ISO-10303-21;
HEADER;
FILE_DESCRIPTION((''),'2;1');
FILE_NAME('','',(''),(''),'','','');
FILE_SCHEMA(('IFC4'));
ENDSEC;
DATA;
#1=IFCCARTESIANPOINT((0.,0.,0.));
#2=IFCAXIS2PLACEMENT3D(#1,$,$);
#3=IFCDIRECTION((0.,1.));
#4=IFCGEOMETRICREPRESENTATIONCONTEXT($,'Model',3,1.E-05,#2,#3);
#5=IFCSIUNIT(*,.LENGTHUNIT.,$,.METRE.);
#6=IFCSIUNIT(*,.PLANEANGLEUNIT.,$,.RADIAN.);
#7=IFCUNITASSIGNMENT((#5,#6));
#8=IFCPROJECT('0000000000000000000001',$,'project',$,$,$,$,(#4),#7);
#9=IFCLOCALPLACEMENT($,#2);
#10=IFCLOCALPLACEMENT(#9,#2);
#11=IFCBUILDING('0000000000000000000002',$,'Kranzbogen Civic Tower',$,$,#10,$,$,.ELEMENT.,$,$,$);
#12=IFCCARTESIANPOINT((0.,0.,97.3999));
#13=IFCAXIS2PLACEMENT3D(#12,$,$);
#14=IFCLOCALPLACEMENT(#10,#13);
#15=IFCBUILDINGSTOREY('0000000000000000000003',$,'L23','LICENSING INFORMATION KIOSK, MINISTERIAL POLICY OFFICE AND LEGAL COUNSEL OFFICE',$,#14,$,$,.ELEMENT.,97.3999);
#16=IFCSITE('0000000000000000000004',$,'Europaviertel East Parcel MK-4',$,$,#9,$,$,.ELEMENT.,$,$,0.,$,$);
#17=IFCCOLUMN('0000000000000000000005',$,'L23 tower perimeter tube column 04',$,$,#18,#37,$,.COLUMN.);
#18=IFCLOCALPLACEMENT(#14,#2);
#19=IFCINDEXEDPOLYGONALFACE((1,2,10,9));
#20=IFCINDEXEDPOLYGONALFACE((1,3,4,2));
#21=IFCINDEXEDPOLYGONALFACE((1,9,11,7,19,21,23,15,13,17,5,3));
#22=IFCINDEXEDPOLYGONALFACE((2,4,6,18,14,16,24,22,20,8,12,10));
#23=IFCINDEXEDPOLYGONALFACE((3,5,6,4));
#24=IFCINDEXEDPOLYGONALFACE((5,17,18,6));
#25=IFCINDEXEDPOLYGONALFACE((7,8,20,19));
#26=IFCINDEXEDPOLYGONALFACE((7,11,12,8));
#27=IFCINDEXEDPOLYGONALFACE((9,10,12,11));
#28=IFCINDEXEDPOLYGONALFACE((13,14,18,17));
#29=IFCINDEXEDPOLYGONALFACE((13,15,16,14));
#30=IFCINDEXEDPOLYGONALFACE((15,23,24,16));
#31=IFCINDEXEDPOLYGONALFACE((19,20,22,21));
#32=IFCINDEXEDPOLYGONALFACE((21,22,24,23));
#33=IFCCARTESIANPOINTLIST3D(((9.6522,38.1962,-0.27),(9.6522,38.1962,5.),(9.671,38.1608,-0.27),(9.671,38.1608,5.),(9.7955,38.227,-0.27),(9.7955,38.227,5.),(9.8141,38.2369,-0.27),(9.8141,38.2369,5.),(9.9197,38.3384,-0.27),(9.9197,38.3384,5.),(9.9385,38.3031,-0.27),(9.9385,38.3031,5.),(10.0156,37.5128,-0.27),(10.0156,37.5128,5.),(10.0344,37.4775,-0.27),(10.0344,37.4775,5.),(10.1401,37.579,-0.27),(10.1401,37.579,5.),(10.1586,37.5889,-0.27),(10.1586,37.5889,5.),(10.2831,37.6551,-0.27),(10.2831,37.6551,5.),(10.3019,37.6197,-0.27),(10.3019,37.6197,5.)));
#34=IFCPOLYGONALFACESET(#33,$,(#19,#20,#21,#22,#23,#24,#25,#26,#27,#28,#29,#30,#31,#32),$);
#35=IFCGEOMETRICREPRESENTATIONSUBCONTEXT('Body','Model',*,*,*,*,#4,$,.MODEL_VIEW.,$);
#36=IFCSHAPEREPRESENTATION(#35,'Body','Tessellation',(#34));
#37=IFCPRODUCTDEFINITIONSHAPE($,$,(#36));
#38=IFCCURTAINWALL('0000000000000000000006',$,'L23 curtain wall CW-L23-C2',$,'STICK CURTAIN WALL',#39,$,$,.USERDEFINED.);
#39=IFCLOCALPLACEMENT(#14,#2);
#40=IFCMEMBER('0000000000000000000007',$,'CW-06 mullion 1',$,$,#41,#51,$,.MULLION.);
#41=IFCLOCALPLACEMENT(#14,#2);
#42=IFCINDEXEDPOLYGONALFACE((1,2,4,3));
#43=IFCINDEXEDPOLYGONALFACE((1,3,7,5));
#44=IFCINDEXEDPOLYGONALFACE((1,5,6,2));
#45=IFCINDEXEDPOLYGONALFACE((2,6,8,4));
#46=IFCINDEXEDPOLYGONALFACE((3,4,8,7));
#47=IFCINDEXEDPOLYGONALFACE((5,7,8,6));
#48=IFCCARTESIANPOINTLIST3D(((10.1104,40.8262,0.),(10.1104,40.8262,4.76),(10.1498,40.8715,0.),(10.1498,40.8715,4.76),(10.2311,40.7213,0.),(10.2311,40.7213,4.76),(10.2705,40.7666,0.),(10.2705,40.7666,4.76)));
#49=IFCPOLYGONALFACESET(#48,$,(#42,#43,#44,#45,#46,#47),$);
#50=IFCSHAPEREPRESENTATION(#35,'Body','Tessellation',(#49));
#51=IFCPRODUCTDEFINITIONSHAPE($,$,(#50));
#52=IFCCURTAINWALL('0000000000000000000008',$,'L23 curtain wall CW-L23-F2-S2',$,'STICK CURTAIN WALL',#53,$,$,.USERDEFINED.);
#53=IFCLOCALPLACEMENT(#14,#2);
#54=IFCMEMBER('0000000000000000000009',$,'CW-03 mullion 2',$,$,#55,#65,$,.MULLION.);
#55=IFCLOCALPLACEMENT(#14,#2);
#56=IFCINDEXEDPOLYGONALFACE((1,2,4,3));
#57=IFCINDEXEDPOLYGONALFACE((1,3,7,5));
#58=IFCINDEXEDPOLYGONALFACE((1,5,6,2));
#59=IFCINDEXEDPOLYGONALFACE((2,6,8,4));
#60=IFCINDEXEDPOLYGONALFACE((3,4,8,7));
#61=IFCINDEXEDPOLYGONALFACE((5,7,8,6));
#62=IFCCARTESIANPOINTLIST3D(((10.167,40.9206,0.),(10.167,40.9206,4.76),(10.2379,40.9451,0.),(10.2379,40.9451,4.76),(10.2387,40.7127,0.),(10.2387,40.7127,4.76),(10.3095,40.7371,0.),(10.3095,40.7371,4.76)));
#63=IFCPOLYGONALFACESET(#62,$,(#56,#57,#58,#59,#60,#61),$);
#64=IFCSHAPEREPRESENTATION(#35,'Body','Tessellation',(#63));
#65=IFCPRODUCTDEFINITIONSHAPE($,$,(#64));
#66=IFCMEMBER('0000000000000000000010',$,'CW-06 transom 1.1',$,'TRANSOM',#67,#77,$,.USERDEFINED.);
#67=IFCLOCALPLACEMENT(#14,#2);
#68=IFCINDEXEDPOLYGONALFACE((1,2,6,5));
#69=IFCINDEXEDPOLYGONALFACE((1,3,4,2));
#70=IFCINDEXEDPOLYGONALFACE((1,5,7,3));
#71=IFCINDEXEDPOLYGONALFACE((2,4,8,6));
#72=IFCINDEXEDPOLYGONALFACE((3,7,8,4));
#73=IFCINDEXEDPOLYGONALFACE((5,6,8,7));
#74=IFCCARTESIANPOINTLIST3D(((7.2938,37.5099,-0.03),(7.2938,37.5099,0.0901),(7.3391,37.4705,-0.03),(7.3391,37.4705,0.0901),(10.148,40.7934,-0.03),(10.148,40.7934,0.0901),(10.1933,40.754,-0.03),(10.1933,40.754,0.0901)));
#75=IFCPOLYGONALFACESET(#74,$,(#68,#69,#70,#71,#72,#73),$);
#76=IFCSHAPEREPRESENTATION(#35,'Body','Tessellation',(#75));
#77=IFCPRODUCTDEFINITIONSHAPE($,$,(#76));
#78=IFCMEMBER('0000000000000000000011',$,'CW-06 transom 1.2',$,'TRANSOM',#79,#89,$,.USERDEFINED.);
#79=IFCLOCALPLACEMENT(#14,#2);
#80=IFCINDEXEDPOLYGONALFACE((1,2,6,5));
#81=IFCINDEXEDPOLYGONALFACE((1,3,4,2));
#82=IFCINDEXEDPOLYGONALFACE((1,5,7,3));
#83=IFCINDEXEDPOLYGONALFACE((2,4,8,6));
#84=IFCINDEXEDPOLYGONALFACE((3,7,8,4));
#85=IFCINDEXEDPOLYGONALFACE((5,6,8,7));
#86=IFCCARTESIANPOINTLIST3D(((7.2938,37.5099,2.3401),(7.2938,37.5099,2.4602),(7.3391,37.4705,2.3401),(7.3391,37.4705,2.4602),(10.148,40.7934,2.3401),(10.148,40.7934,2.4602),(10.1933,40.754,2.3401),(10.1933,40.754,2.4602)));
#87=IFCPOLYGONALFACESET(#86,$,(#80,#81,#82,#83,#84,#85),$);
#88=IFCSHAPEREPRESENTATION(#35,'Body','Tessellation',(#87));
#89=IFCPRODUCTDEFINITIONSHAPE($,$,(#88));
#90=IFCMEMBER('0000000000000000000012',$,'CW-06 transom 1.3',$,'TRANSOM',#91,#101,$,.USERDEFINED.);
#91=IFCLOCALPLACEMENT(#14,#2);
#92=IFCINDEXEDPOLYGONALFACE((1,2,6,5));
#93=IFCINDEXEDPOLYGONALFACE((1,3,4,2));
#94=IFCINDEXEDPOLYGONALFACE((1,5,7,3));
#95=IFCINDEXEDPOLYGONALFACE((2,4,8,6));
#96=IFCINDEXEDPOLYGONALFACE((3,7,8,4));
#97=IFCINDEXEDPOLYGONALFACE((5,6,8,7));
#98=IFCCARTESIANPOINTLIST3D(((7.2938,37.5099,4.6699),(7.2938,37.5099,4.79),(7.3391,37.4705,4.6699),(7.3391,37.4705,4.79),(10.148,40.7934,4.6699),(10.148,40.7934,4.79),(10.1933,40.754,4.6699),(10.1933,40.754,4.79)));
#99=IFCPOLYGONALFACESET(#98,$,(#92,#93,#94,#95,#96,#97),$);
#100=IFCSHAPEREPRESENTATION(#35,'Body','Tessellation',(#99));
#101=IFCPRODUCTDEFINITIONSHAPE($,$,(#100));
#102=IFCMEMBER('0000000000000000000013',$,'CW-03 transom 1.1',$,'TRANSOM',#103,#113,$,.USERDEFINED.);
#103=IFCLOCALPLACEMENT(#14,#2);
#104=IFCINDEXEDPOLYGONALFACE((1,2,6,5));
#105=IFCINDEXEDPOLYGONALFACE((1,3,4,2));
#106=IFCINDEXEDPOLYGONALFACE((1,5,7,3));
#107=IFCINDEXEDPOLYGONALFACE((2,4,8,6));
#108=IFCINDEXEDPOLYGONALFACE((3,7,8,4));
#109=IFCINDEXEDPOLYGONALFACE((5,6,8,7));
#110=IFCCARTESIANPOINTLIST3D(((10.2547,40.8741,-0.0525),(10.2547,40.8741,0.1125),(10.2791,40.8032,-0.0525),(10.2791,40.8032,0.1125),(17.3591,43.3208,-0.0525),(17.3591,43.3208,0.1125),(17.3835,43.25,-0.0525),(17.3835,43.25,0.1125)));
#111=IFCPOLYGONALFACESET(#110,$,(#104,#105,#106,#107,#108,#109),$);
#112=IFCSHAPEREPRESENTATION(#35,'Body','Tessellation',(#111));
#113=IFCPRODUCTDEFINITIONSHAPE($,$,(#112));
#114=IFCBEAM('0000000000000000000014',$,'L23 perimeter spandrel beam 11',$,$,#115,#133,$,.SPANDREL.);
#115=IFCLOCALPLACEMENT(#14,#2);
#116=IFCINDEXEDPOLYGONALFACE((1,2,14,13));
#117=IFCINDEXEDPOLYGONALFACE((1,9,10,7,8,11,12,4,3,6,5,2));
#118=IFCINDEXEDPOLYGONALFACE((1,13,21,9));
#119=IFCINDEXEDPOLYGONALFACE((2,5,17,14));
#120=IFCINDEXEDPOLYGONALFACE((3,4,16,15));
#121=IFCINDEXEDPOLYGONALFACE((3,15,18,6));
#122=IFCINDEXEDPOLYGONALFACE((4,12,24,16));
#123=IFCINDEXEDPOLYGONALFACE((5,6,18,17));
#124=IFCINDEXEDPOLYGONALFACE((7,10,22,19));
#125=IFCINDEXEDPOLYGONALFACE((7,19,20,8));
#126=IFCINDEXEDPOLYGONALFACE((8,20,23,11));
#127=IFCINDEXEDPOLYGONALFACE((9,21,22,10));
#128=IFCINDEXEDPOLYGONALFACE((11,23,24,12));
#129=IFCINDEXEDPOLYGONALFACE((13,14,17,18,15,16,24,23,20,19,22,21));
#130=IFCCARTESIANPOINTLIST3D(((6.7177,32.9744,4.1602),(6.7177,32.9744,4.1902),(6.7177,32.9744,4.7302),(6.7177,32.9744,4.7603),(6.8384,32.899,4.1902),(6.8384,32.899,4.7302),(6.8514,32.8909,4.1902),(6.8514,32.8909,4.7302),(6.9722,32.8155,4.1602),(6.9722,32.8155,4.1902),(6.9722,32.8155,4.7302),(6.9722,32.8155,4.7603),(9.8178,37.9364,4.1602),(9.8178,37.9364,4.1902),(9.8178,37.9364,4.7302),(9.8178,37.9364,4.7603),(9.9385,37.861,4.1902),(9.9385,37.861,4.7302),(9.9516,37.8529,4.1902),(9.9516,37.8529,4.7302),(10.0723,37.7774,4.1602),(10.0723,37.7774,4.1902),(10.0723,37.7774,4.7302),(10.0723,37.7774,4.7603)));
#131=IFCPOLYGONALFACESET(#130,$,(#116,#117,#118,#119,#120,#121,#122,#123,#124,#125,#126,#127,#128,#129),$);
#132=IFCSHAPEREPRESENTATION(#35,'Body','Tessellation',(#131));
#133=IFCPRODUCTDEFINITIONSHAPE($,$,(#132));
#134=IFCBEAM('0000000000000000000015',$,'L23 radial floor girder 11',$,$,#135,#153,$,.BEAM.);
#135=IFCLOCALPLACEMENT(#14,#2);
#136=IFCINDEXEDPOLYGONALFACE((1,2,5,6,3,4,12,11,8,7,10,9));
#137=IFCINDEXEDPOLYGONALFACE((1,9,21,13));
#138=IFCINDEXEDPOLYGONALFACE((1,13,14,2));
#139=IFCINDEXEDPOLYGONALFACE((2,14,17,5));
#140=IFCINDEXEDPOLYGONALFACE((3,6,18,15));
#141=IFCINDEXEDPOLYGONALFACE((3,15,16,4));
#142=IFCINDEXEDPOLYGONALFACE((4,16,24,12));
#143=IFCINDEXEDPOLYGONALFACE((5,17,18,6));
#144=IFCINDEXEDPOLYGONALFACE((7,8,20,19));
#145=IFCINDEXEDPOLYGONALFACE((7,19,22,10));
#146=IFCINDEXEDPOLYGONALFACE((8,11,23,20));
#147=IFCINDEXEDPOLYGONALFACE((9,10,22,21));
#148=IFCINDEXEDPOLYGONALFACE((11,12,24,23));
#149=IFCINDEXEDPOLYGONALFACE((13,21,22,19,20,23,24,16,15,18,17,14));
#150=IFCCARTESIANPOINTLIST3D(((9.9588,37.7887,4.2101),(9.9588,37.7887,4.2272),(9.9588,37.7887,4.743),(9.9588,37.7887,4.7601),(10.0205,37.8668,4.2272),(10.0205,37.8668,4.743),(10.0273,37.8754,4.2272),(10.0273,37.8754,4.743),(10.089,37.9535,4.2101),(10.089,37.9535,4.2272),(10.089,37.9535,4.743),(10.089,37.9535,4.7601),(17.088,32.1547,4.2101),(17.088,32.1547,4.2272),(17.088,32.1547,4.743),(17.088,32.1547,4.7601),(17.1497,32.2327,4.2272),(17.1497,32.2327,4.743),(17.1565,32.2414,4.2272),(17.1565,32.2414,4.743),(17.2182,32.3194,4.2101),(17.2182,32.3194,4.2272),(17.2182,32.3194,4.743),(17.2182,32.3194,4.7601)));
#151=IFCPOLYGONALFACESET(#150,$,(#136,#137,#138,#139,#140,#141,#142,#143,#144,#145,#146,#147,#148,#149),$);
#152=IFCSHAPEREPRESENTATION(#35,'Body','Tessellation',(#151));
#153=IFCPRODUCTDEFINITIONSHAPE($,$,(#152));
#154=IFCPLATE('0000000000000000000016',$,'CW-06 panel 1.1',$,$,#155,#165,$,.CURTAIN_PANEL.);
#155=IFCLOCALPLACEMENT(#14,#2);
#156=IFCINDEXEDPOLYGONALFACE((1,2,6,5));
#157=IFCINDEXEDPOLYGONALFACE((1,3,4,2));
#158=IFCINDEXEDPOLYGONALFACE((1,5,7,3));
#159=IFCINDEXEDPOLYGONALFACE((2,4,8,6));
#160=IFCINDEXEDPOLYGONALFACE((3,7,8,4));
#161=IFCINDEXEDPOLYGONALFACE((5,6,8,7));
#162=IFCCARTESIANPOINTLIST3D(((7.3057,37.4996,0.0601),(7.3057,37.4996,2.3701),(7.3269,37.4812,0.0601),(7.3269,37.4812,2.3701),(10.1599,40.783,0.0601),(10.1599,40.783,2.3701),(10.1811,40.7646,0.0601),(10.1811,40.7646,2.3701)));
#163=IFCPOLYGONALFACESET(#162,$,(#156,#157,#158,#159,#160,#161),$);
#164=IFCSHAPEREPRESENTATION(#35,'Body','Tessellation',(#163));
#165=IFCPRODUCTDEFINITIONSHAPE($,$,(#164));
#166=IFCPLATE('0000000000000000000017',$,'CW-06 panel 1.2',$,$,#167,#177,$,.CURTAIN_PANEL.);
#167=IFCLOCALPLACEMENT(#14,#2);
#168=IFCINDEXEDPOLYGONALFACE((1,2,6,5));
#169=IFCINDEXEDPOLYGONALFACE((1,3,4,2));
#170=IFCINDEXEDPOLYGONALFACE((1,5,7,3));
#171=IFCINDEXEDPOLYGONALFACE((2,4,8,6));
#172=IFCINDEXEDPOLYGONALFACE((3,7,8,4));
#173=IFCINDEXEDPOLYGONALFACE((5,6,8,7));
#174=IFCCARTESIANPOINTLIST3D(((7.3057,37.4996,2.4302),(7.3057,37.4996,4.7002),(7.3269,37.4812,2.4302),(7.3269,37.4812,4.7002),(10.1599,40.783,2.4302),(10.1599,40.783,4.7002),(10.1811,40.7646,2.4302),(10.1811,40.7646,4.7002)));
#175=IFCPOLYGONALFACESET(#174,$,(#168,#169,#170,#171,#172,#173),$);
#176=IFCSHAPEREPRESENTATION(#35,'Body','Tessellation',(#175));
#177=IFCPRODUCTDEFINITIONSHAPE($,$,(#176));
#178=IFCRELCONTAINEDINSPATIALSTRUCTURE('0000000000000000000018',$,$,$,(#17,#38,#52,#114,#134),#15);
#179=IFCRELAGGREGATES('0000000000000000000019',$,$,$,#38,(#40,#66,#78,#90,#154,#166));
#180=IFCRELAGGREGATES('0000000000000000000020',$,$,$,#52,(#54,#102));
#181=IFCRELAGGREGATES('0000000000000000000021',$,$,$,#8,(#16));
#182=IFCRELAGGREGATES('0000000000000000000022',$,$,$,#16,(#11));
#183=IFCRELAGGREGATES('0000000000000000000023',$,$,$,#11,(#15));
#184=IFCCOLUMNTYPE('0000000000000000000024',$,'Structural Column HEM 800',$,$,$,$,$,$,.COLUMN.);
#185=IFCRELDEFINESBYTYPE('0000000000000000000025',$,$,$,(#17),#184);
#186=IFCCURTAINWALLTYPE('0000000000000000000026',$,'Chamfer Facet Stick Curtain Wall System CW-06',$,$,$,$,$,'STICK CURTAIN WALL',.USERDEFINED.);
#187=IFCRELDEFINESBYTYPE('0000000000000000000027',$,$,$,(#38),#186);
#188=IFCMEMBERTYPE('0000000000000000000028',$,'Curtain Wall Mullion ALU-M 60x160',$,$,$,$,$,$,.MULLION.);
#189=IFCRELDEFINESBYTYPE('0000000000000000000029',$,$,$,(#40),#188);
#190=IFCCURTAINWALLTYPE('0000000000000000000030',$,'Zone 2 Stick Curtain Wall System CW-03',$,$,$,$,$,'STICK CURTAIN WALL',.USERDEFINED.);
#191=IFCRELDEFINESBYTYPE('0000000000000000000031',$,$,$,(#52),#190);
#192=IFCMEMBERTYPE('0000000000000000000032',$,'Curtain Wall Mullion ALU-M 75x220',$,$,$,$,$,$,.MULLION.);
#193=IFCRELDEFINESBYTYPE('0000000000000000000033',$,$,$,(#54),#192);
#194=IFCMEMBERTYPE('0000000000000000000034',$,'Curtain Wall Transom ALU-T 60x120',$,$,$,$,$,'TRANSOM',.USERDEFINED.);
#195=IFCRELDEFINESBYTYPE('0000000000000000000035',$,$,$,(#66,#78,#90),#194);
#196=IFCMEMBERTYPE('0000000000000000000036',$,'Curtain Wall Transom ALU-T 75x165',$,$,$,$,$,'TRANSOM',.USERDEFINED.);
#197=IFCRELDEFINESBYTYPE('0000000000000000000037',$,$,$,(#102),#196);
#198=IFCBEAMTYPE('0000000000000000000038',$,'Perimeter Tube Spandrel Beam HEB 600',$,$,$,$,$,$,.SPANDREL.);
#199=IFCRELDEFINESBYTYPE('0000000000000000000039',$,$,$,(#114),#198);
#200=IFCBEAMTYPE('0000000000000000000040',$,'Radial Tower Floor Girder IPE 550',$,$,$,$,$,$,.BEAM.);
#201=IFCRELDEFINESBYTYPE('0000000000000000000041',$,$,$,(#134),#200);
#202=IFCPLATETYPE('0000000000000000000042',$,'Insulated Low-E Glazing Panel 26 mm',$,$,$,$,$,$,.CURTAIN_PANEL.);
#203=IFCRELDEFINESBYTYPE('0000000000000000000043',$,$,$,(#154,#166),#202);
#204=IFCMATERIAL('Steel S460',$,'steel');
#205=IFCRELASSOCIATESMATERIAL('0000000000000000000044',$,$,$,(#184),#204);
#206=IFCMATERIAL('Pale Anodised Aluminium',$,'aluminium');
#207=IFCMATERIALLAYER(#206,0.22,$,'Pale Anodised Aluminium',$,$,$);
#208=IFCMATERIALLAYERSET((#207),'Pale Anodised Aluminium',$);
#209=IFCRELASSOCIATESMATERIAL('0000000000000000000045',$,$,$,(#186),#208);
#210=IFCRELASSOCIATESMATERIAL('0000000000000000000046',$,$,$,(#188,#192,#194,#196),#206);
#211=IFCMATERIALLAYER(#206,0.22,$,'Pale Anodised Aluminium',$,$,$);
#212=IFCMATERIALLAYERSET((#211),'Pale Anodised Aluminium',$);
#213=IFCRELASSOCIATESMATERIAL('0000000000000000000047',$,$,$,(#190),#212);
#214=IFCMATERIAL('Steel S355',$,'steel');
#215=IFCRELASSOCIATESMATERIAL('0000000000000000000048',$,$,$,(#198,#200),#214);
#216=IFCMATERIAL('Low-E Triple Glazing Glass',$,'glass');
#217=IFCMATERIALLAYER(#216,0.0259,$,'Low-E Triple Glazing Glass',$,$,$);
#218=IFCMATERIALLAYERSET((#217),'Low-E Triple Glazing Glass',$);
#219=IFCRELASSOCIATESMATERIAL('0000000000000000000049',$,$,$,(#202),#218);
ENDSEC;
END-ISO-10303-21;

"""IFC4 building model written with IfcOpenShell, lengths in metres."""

from ifc_helpers import new_model, si_unit, direction, frame, origin, origin_2d, place, context, subcontext, project, spatial, rectangle, i_section, extrude, material, layer, layer_set, material_profile, profile_set, type_object, element, aggregate, save


model = new_model("IFC4")

# Units and contexts
model_context = context("Model", 3, precision=1e-05, world=origin(), true_north=direction((0.0, 1.0)))
body_context = subcontext(model_context, "Body", "Model", "MODEL_VIEW")
ifc_project = project(units=[si_unit("LENGTHUNIT", "METRE"), si_unit("PLANEANGLEUNIT", "RADIAN")], contexts=[model_context])

# Site, building, storey
site_placement = place(None, origin())
site = spatial("IfcSite", under=ifc_project, at=site_placement, Name="Europaviertel East Parcel MK-4", CompositionType="ELEMENT", RefElevation=0.0)
building_placement = place(site_placement, origin())
building = spatial("IfcBuilding", under=site, at=building_placement, Name="Kranzbogen Civic Tower", CompositionType="ELEMENT")
storey_placement = place(building_placement, frame((0.0, 0.0, 97.3999)))
storey = spatial("IfcBuildingStorey", under=building, at=storey_placement, Name="L23", Description="LICENSING INFORMATION KIOSK, MINISTERIAL POLICY OFFICE AND LEGAL COUNSEL OFFICE", CompositionType="ELEMENT", Elevation=97.3999)

# Column
ifc_material_1 = material(Name="Steel S460", Category="steel")
ifc_material_profile_1 = material_profile(ifc_material_1, i_section(OverallWidth=0.303, OverallDepth=0.814, WebThickness=0.021, FlangeThickness=0.04, at=origin_2d()), Name="HEM 800")
ifc_profile_set_1 = profile_set([ifc_material_profile_1], Name="Steel S460")
column_type = type_object("IfcColumnType", Name="Structural Column HEM 800", PredefinedType="COLUMN", material=ifc_profile_set_1)
column_placement = place(storey_placement, frame((9.9771, 37.908, -0.27), z_axis=(0.0, 0.0, 1.0), x_axis=(0.882948, 0.469472, 0.0)))
element("IfcColumn", 1, at=column_placement, inside=storey, type_object=column_type, Name="L23 tower perimeter tube column 04", PredefinedType="COLUMN", context=body_context, shape_type="SweptSolid", body=[
    extrude(i_section(OverallWidth=0.303, OverallDepth=0.814, WebThickness=0.021, FlangeThickness=0.04, at=origin_2d()), origin(), (0.0, 0.0, 1.0), 5.27),
])

# Curtain walls, members
ifc_material_2 = material(Name="Pale Anodised Aluminium", Category="aluminium")
ifc_layer_1 = layer(ifc_material_2, 0.22, Name="Pale Anodised Aluminium")
ifc_layer_set_1 = layer_set([ifc_layer_1], Name="Pale Anodised Aluminium")
curtain_wall_type_1 = type_object("IfcCurtainWallType", Name="Chamfer Facet Stick Curtain Wall System CW-06", ElementType="STICK CURTAIN WALL", PredefinedType="USERDEFINED", material=ifc_layer_set_1)
curtain_wall_1_placement = place(storey_placement, origin())
curtain_wall_1 = element("IfcCurtainWall", 2, at=curtain_wall_1_placement, inside=storey, type_object=curtain_wall_type_1, Name="L23 curtain wall CW-L23-C2", ObjectType="STICK CURTAIN WALL", PredefinedType="USERDEFINED")
ifc_material_profile_2 = material_profile(ifc_material_2, rectangle(XDim=0.0601, YDim=0.1599, at=origin_2d()), Name="ALU-M 60x160")
ifc_profile_set_2 = profile_set([ifc_material_profile_2], Name="Pale Anodised Aluminium")
member_type_1 = type_object("IfcMemberType", Name="Curtain Wall Mullion ALU-M 60x160", PredefinedType="MULLION", material=ifc_profile_set_2)
member_1_placement = place(storey_placement, frame((10.1904, 40.7964, 0.0), z_axis=(0.0, 0.0, 1.0), x_axis=(-0.656062, -0.754707, 0.0)))
member_1 = element("IfcMember", 3, at=member_1_placement, type_object=member_type_1, Name="CW-06 mullion 1", PredefinedType="MULLION", context=body_context, shape_type="SweptSolid", body=[
    extrude(rectangle(XDim=0.0601, YDim=0.1599, at=origin_2d()), origin(), (0.0, 0.0, 1.0), 4.76),
])
ifc_layer_2 = layer(ifc_material_2, 0.22, Name="Pale Anodised Aluminium")
ifc_layer_set_2 = layer_set([ifc_layer_2], Name="Pale Anodised Aluminium")
curtain_wall_type_2 = type_object("IfcCurtainWallType", Name="Zone 2 Stick Curtain Wall System CW-03", ElementType="STICK CURTAIN WALL", PredefinedType="USERDEFINED", material=ifc_layer_set_2)
curtain_wall_2_placement = place(storey_placement, origin())
curtain_wall_2 = element("IfcCurtainWall", 4, at=curtain_wall_2_placement, inside=storey, type_object=curtain_wall_type_2, Name="L23 curtain wall CW-L23-F2-S2", ObjectType="STICK CURTAIN WALL", PredefinedType="USERDEFINED")
ifc_material_profile_3 = material_profile(ifc_material_2, rectangle(XDim=0.075, YDim=0.22, at=origin_2d()), Name="ALU-M 75x220")
ifc_profile_set_3 = profile_set([ifc_material_profile_3], Name="Pale Anodised Aluminium")
member_type_2 = type_object("IfcMemberType", Name="Curtain Wall Mullion ALU-M 75x220", PredefinedType="MULLION", material=ifc_profile_set_3)
member_2_placement = place(storey_placement, frame((10.2383, 40.8289, 0.0), z_axis=(0.0, 0.0, 1.0), x_axis=(-0.945493, -0.325643, 0.0)))
member_2 = element("IfcMember", 5, at=member_2_placement, type_object=member_type_2, Name="CW-03 mullion 2", PredefinedType="MULLION", context=body_context, shape_type="SweptSolid", body=[
    extrude(rectangle(XDim=0.075, YDim=0.22, at=origin_2d()), origin(), (0.0, 0.0, 1.0), 4.76),
])

# Members
ifc_material_profile_4 = material_profile(ifc_material_2, rectangle(XDim=0.0601, YDim=0.1201, at=origin_2d()), Name="ALU-T 60x120")
ifc_profile_set_4 = profile_set([ifc_material_profile_4], Name="Pale Anodised Aluminium")
member_type_3 = type_object("IfcMemberType", Name="Curtain Wall Transom ALU-T 60x120", ElementType="TRANSOM", PredefinedType="USERDEFINED", material=ifc_profile_set_4)
member_3_placement = place(storey_placement, frame((10.1707, 40.7737, 0.03), z_axis=(-0.656058, -0.754711, 0.0), x_axis=(0.754711, -0.656058, 0.0)))
member_3 = element("IfcMember", 6, at=member_3_placement, type_object=member_type_3, Name="CW-06 transom 1.1", ObjectType="TRANSOM", PredefinedType="USERDEFINED", context=body_context, shape_type="SweptSolid", body=[
    extrude(rectangle(XDim=0.0601, YDim=0.1201, at=origin_2d()), origin(), (0.0, 0.0, 1.0), 4.3506),
])
member_4_placement = place(storey_placement, frame((10.1707, 40.7737, 2.4001), z_axis=(-0.656058, -0.754711, 0.0), x_axis=(0.754711, -0.656058, 0.0)))
member_4 = element("IfcMember", 7, at=member_4_placement, type_object=member_type_3, Name="CW-06 transom 1.2", ObjectType="TRANSOM", PredefinedType="USERDEFINED", context=body_context, shape_type="SweptSolid", body=[
    extrude(rectangle(XDim=0.0601, YDim=0.1201, at=origin_2d()), origin(), (0.0, 0.0, 1.0), 4.3506),
])
member_5_placement = place(storey_placement, frame((10.1707, 40.7737, 4.73), z_axis=(-0.656058, -0.754711, 0.0), x_axis=(0.754711, -0.656058, 0.0)))
member_5 = element("IfcMember", 8, at=member_5_placement, type_object=member_type_3, Name="CW-06 transom 1.3", ObjectType="TRANSOM", PredefinedType="USERDEFINED", context=body_context, shape_type="SweptSolid", body=[
    extrude(rectangle(XDim=0.0601, YDim=0.1201, at=origin_2d()), origin(), (0.0, 0.0, 1.0), 4.3506),
])
ifc_material_profile_5 = material_profile(ifc_material_2, rectangle(XDim=0.075, YDim=0.165, at=origin_2d()), Name="ALU-T 75x165")
ifc_profile_set_5 = profile_set([ifc_material_profile_5], Name="Pale Anodised Aluminium")
member_type_4 = type_object("IfcMemberType", Name="Curtain Wall Transom ALU-T 75x165", ElementType="TRANSOM", PredefinedType="USERDEFINED", material=ifc_profile_set_5)
member_6_placement = place(storey_placement, frame((17.3713, 43.2854, 0.03), z_axis=(-0.945498, -0.325628, 0.0), x_axis=(0.325628, -0.945498, 0.0)))
member_6 = element("IfcMember", 9, at=member_6_placement, type_object=member_type_4, Name="CW-03 transom 1.1", ObjectType="TRANSOM", PredefinedType="USERDEFINED", context=body_context, shape_type="SweptSolid", body=[
    extrude(rectangle(XDim=0.075, YDim=0.165, at=origin_2d()), origin(), (0.0, 0.0, 1.0), 7.5139),
])

# Beams
ifc_material_3 = material(Name="Steel S355", Category="steel")
ifc_material_profile_6 = material_profile(ifc_material_3, i_section(OverallWidth=0.3, OverallDepth=0.6001, WebThickness=0.0154, FlangeThickness=0.03, at=origin_2d()), Name="HEB 600")
ifc_profile_set_6 = profile_set([ifc_material_profile_6], Name="Steel S355")
beam_type_1 = type_object("IfcBeamType", Name="Perimeter Tube Spandrel Beam HEB 600", PredefinedType="SPANDREL", material=ifc_profile_set_6)
beam_1_placement = place(storey_placement, frame((9.9451, 37.8569, 4.4602), z_axis=(-0.529864, -0.848083, 0.0), x_axis=(0.848083, -0.529864, 0.0)))
element("IfcBeam", 10, at=beam_1_placement, inside=storey, type_object=beam_type_1, Name="L23 perimeter spandrel beam 11", PredefinedType="SPANDREL", context=body_context, shape_type="SweptSolid", body=[
    extrude(i_section(OverallWidth=0.3, OverallDepth=0.6001, WebThickness=0.0154, FlangeThickness=0.03, at=origin_2d()), origin(), (0.0, 0.0, 1.0), 5.8508),
])
ifc_material_profile_7 = material_profile(ifc_material_3, i_section(OverallWidth=0.21, OverallDepth=0.55, WebThickness=0.011, FlangeThickness=0.0171, at=origin_2d()), Name="IPE 550")
ifc_profile_set_7 = profile_set([ifc_material_profile_7], Name="Steel S355")
beam_type_2 = type_object("IfcBeamType", Name="Radial Tower Floor Girder IPE 550", PredefinedType="BEAM", material=ifc_profile_set_7)
beam_2_placement = place(storey_placement, frame((10.0239, 37.8711, 4.4851), z_axis=(0.784575, -0.620034, 0.0), x_axis=(0.620034, 0.784575, 0.0)))
element("IfcBeam", 11, at=beam_2_placement, inside=storey, type_object=beam_type_2, Name="L23 radial floor girder 11", PredefinedType="BEAM", context=body_context, shape_type="SweptSolid", body=[
    extrude(i_section(OverallWidth=0.21, OverallDepth=0.55, WebThickness=0.011, FlangeThickness=0.0171, at=origin_2d()), origin(), (0.0, 0.0, 1.0), 9.0867),
])

# Plates
ifc_material_4 = material(Name="Low-E Triple Glazing Glass", Category="glass")
ifc_layer_3 = layer(ifc_material_4, 0.0259, Name="Low-E Triple Glazing Glass")
ifc_layer_set_3 = layer_set([ifc_layer_3], Name="Low-E Triple Glazing Glass")
plate_type_1 = type_object("IfcPlateType", Name="Insulated Low-E Glazing Panel 26 mm", PredefinedType="CURTAIN_PANEL", material=ifc_layer_set_3)
plate_1_placement = place(storey_placement, frame((8.7434, 39.1321, 0.0601), z_axis=(0.0, 0.0, 1.0), x_axis=(-0.656062, -0.754707, 0.0)))
plate_1 = element("IfcPlate", 12, at=plate_1_placement, type_object=plate_type_1, Name="CW-06 panel 1.1", PredefinedType="CURTAIN_PANEL", context=body_context, shape_type="SweptSolid", body=[
    extrude(rectangle(XDim=4.3506, YDim=0.0281, at=origin_2d()), origin(), (0.0, 0.0, 1.0), 2.3101),
])
plate_2_placement = place(storey_placement, frame((8.7434, 39.1321, 2.4302), z_axis=(0.0, 0.0, 1.0), x_axis=(-0.656062, -0.754707, 0.0)))
plate_2 = element("IfcPlate", 13, at=plate_2_placement, type_object=plate_type_1, Name="CW-06 panel 1.2", PredefinedType="CURTAIN_PANEL", context=body_context, shape_type="SweptSolid", body=[
    extrude(rectangle(XDim=4.3506, YDim=0.0281, at=origin_2d()), origin(), (0.0, 0.0, 1.0), 2.27),
])
aggregate(curtain_wall_1, [member_1, member_3, member_4, member_5, plate_1, plate_2])
aggregate(curtain_wall_2, [member_2, member_6])

save(model, "model.ifc")
